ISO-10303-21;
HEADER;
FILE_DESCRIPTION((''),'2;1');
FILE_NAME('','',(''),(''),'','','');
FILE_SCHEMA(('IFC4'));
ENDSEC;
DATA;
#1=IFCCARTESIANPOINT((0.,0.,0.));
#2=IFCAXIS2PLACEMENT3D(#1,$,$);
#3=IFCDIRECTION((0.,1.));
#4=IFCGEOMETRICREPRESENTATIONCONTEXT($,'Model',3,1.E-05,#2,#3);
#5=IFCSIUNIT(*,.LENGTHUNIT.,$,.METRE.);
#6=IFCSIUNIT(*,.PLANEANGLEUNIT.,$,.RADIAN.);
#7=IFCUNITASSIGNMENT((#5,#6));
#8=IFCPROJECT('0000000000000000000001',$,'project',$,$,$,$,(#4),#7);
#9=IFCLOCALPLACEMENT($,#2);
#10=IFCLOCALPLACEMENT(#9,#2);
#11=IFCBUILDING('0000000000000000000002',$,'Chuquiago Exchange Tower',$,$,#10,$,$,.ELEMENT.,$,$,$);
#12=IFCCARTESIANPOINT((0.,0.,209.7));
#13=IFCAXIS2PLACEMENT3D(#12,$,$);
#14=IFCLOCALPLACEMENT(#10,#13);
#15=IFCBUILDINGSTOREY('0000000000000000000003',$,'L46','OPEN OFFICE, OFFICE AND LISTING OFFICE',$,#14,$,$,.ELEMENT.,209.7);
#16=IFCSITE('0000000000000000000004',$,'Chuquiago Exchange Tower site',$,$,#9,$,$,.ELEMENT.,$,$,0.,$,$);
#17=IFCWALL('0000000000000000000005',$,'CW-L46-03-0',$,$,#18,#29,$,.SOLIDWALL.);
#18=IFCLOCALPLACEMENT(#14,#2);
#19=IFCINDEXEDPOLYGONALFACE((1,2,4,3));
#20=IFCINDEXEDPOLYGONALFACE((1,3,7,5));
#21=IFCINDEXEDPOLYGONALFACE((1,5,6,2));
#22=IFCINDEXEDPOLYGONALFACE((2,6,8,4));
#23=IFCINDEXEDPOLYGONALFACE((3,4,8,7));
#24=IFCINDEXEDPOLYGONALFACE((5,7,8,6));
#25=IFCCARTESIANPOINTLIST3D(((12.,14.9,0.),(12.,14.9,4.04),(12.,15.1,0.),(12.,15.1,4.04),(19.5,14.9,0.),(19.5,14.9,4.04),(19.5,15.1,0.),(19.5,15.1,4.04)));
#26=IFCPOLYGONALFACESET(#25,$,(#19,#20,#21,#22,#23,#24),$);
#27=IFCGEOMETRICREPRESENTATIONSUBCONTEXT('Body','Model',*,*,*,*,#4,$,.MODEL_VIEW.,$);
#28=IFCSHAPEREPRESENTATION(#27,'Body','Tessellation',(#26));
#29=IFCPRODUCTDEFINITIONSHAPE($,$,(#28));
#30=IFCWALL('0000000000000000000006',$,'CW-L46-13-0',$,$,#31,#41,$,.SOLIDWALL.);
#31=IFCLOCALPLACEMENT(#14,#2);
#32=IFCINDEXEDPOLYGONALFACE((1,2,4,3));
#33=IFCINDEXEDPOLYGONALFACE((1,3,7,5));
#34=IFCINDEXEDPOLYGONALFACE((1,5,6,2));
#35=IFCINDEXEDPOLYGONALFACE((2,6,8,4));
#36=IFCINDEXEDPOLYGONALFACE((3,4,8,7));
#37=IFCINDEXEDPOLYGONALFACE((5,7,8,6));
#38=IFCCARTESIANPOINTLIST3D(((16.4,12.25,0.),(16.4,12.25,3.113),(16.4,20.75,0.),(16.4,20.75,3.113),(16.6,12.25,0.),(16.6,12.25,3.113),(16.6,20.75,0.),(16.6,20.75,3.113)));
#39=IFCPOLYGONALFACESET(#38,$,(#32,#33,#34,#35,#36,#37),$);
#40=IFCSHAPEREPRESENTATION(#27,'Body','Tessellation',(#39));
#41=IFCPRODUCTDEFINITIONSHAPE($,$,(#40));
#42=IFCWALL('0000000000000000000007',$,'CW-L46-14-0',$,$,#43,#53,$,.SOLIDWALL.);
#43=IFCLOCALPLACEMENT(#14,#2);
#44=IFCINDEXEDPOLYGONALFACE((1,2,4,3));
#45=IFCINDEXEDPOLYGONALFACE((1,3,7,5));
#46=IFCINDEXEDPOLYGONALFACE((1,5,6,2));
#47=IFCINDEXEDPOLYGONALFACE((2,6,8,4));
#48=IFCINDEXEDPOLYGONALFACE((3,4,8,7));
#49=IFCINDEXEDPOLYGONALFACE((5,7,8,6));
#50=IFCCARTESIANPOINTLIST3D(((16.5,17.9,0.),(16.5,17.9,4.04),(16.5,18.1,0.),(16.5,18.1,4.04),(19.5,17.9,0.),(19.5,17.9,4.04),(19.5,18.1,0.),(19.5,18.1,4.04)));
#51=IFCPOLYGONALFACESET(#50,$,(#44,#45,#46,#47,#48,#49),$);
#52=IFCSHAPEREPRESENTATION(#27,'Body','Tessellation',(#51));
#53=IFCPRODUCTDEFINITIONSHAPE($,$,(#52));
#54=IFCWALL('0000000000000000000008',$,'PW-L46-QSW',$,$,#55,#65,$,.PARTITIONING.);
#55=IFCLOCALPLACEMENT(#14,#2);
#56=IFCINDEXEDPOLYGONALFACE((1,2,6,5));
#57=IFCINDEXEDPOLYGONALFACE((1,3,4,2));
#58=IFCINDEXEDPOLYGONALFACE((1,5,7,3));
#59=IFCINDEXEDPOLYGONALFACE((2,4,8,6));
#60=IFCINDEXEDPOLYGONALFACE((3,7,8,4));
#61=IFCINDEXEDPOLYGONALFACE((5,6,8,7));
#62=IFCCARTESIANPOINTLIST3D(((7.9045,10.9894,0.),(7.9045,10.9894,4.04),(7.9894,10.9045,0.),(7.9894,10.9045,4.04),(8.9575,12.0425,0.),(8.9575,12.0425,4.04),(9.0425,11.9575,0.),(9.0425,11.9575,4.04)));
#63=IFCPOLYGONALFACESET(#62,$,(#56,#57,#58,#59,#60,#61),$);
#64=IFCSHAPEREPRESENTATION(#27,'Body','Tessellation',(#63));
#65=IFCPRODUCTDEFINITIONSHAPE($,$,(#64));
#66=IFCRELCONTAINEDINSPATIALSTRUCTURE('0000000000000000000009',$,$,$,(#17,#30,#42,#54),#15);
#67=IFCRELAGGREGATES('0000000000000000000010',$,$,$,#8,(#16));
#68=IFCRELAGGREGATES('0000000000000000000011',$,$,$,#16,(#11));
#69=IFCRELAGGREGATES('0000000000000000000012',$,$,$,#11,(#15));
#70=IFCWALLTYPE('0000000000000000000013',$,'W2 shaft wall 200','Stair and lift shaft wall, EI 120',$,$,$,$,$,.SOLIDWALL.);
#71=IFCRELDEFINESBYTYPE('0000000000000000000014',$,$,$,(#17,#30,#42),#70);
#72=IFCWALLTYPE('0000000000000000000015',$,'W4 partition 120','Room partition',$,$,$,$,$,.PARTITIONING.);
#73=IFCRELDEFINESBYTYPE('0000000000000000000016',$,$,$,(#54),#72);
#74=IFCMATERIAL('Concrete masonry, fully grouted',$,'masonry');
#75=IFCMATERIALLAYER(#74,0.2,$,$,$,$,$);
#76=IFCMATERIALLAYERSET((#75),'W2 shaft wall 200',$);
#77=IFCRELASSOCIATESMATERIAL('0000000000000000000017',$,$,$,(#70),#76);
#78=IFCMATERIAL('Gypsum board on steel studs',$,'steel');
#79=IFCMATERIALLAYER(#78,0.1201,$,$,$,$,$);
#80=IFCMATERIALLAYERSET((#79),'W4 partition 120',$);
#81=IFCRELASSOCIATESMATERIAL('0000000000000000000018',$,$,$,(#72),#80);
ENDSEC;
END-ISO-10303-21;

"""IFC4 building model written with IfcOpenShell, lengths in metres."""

from ifc_helpers import new_model, si_unit, direction, frame, frame_2d, origin, place, context, subcontext, project, spatial, rectangle, extrude, material, layer, layer_set, type_object, element, save


model = new_model("IFC4")

# Units and contexts
model_context = context("Model", 3, precision=1e-05, world=origin(), true_north=direction((0.0, 1.0)))
body_context = subcontext(model_context, "Body", "Model", "MODEL_VIEW")
ifc_project = project(units=[si_unit("LENGTHUNIT", "METRE"), si_unit("PLANEANGLEUNIT", "RADIAN")], contexts=[model_context])

# Site, building, storey
site_placement = place(None, origin())
site = spatial("IfcSite", under=ifc_project, at=site_placement, Name="Chuquiago Exchange Tower site", CompositionType="ELEMENT", RefElevation=0.0)
building_placement = place(site_placement, origin())
building = spatial("IfcBuilding", under=site, at=building_placement, Name="Chuquiago Exchange Tower", CompositionType="ELEMENT")
storey_placement = place(building_placement, frame((0.0, 0.0, 209.7)))
storey = spatial("IfcBuildingStorey", under=building, at=storey_placement, Name="L46", Description="OPEN OFFICE, OFFICE AND LISTING OFFICE", CompositionType="ELEMENT", Elevation=209.7)

# Walls
ifc_material_1 = material(Name="Concrete masonry, fully grouted", Category="masonry")
ifc_layer_1 = layer(ifc_material_1, 0.2)
ifc_layer_set_1 = layer_set([ifc_layer_1], Name="W2 shaft wall 200")
wall_type_1 = type_object("IfcWallType", Name="W2 shaft wall 200", Description="Stair and lift shaft wall, EI 120", PredefinedType="SOLIDWALL", material=ifc_layer_set_1)
wall_1_placement = place(storey_placement, frame((12.0, 15.0, 0.0), z_axis=(0.0, 0.0, 1.0), x_axis=(1.0, 0.0, 0.0)))
element("IfcWall", 1, at=wall_1_placement, inside=storey, type_object=wall_type_1, Name="CW-L46-03-0", PredefinedType="SOLIDWALL", context=body_context, shape_type="SweptSolid", body=[
    extrude(rectangle(XDim=7.5, YDim=0.2, at=frame_2d((3.75, 0.0))), origin(), (0.0, 0.0, 1.0), 4.04),
])
wall_2_placement = place(storey_placement, frame((16.5, 12.25, 0.0), z_axis=(0.0, 0.0, 1.0), x_axis=(0.0, 1.0, 0.0)))
element("IfcWall", 2, at=wall_2_placement, inside=storey, type_object=wall_type_1, Name="CW-L46-13-0", PredefinedType="SOLIDWALL", context=body_context, shape_type="SweptSolid", body=[
    extrude(rectangle(XDim=8.5, YDim=0.2, at=frame_2d((4.25, 0.0))), origin(), (0.0, 0.0, 1.0), 3.113),
])
wall_3_placement = place(storey_placement, frame((16.5, 18.0, 0.0), z_axis=(0.0, 0.0, 1.0), x_axis=(1.0, 0.0, 0.0)))
element("IfcWall", 3, at=wall_3_placement, inside=storey, type_object=wall_type_1, Name="CW-L46-14-0", PredefinedType="SOLIDWALL", context=body_context, shape_type="SweptSolid", body=[
    extrude(rectangle(XDim=3.0, YDim=0.2, at=frame_2d((1.5, 0.0))), origin(), (0.0, 0.0, 1.0), 4.04),
])
ifc_material_2 = material(Name="Gypsum board on steel studs", Category="steel")
ifc_layer_2 = layer(ifc_material_2, 0.1201)
ifc_layer_set_2 = layer_set([ifc_layer_2], Name="W4 partition 120")
wall_type_2 = type_object("IfcWallType", Name="W4 partition 120", Description="Room partition", PredefinedType="PARTITIONING", material=ifc_layer_set_2)
wall_4_placement = place(storey_placement, frame((9.0, 12.0, 0.0), z_axis=(0.0, 0.0, 1.0), x_axis=(-0.707107, -0.707107, 0.0)))
element("IfcWall", 4, at=wall_4_placement, inside=storey, type_object=wall_type_2, Name="PW-L46-QSW", PredefinedType="PARTITIONING", context=body_context, shape_type="SweptSolid", body=[
    extrude(rectangle(XDim=1.4893, YDim=0.1201, at=frame_2d((0.7446, 0.0))), origin(), (0.0, 0.0, 1.0), 4.04),
])

save(model, "model.ifc")
